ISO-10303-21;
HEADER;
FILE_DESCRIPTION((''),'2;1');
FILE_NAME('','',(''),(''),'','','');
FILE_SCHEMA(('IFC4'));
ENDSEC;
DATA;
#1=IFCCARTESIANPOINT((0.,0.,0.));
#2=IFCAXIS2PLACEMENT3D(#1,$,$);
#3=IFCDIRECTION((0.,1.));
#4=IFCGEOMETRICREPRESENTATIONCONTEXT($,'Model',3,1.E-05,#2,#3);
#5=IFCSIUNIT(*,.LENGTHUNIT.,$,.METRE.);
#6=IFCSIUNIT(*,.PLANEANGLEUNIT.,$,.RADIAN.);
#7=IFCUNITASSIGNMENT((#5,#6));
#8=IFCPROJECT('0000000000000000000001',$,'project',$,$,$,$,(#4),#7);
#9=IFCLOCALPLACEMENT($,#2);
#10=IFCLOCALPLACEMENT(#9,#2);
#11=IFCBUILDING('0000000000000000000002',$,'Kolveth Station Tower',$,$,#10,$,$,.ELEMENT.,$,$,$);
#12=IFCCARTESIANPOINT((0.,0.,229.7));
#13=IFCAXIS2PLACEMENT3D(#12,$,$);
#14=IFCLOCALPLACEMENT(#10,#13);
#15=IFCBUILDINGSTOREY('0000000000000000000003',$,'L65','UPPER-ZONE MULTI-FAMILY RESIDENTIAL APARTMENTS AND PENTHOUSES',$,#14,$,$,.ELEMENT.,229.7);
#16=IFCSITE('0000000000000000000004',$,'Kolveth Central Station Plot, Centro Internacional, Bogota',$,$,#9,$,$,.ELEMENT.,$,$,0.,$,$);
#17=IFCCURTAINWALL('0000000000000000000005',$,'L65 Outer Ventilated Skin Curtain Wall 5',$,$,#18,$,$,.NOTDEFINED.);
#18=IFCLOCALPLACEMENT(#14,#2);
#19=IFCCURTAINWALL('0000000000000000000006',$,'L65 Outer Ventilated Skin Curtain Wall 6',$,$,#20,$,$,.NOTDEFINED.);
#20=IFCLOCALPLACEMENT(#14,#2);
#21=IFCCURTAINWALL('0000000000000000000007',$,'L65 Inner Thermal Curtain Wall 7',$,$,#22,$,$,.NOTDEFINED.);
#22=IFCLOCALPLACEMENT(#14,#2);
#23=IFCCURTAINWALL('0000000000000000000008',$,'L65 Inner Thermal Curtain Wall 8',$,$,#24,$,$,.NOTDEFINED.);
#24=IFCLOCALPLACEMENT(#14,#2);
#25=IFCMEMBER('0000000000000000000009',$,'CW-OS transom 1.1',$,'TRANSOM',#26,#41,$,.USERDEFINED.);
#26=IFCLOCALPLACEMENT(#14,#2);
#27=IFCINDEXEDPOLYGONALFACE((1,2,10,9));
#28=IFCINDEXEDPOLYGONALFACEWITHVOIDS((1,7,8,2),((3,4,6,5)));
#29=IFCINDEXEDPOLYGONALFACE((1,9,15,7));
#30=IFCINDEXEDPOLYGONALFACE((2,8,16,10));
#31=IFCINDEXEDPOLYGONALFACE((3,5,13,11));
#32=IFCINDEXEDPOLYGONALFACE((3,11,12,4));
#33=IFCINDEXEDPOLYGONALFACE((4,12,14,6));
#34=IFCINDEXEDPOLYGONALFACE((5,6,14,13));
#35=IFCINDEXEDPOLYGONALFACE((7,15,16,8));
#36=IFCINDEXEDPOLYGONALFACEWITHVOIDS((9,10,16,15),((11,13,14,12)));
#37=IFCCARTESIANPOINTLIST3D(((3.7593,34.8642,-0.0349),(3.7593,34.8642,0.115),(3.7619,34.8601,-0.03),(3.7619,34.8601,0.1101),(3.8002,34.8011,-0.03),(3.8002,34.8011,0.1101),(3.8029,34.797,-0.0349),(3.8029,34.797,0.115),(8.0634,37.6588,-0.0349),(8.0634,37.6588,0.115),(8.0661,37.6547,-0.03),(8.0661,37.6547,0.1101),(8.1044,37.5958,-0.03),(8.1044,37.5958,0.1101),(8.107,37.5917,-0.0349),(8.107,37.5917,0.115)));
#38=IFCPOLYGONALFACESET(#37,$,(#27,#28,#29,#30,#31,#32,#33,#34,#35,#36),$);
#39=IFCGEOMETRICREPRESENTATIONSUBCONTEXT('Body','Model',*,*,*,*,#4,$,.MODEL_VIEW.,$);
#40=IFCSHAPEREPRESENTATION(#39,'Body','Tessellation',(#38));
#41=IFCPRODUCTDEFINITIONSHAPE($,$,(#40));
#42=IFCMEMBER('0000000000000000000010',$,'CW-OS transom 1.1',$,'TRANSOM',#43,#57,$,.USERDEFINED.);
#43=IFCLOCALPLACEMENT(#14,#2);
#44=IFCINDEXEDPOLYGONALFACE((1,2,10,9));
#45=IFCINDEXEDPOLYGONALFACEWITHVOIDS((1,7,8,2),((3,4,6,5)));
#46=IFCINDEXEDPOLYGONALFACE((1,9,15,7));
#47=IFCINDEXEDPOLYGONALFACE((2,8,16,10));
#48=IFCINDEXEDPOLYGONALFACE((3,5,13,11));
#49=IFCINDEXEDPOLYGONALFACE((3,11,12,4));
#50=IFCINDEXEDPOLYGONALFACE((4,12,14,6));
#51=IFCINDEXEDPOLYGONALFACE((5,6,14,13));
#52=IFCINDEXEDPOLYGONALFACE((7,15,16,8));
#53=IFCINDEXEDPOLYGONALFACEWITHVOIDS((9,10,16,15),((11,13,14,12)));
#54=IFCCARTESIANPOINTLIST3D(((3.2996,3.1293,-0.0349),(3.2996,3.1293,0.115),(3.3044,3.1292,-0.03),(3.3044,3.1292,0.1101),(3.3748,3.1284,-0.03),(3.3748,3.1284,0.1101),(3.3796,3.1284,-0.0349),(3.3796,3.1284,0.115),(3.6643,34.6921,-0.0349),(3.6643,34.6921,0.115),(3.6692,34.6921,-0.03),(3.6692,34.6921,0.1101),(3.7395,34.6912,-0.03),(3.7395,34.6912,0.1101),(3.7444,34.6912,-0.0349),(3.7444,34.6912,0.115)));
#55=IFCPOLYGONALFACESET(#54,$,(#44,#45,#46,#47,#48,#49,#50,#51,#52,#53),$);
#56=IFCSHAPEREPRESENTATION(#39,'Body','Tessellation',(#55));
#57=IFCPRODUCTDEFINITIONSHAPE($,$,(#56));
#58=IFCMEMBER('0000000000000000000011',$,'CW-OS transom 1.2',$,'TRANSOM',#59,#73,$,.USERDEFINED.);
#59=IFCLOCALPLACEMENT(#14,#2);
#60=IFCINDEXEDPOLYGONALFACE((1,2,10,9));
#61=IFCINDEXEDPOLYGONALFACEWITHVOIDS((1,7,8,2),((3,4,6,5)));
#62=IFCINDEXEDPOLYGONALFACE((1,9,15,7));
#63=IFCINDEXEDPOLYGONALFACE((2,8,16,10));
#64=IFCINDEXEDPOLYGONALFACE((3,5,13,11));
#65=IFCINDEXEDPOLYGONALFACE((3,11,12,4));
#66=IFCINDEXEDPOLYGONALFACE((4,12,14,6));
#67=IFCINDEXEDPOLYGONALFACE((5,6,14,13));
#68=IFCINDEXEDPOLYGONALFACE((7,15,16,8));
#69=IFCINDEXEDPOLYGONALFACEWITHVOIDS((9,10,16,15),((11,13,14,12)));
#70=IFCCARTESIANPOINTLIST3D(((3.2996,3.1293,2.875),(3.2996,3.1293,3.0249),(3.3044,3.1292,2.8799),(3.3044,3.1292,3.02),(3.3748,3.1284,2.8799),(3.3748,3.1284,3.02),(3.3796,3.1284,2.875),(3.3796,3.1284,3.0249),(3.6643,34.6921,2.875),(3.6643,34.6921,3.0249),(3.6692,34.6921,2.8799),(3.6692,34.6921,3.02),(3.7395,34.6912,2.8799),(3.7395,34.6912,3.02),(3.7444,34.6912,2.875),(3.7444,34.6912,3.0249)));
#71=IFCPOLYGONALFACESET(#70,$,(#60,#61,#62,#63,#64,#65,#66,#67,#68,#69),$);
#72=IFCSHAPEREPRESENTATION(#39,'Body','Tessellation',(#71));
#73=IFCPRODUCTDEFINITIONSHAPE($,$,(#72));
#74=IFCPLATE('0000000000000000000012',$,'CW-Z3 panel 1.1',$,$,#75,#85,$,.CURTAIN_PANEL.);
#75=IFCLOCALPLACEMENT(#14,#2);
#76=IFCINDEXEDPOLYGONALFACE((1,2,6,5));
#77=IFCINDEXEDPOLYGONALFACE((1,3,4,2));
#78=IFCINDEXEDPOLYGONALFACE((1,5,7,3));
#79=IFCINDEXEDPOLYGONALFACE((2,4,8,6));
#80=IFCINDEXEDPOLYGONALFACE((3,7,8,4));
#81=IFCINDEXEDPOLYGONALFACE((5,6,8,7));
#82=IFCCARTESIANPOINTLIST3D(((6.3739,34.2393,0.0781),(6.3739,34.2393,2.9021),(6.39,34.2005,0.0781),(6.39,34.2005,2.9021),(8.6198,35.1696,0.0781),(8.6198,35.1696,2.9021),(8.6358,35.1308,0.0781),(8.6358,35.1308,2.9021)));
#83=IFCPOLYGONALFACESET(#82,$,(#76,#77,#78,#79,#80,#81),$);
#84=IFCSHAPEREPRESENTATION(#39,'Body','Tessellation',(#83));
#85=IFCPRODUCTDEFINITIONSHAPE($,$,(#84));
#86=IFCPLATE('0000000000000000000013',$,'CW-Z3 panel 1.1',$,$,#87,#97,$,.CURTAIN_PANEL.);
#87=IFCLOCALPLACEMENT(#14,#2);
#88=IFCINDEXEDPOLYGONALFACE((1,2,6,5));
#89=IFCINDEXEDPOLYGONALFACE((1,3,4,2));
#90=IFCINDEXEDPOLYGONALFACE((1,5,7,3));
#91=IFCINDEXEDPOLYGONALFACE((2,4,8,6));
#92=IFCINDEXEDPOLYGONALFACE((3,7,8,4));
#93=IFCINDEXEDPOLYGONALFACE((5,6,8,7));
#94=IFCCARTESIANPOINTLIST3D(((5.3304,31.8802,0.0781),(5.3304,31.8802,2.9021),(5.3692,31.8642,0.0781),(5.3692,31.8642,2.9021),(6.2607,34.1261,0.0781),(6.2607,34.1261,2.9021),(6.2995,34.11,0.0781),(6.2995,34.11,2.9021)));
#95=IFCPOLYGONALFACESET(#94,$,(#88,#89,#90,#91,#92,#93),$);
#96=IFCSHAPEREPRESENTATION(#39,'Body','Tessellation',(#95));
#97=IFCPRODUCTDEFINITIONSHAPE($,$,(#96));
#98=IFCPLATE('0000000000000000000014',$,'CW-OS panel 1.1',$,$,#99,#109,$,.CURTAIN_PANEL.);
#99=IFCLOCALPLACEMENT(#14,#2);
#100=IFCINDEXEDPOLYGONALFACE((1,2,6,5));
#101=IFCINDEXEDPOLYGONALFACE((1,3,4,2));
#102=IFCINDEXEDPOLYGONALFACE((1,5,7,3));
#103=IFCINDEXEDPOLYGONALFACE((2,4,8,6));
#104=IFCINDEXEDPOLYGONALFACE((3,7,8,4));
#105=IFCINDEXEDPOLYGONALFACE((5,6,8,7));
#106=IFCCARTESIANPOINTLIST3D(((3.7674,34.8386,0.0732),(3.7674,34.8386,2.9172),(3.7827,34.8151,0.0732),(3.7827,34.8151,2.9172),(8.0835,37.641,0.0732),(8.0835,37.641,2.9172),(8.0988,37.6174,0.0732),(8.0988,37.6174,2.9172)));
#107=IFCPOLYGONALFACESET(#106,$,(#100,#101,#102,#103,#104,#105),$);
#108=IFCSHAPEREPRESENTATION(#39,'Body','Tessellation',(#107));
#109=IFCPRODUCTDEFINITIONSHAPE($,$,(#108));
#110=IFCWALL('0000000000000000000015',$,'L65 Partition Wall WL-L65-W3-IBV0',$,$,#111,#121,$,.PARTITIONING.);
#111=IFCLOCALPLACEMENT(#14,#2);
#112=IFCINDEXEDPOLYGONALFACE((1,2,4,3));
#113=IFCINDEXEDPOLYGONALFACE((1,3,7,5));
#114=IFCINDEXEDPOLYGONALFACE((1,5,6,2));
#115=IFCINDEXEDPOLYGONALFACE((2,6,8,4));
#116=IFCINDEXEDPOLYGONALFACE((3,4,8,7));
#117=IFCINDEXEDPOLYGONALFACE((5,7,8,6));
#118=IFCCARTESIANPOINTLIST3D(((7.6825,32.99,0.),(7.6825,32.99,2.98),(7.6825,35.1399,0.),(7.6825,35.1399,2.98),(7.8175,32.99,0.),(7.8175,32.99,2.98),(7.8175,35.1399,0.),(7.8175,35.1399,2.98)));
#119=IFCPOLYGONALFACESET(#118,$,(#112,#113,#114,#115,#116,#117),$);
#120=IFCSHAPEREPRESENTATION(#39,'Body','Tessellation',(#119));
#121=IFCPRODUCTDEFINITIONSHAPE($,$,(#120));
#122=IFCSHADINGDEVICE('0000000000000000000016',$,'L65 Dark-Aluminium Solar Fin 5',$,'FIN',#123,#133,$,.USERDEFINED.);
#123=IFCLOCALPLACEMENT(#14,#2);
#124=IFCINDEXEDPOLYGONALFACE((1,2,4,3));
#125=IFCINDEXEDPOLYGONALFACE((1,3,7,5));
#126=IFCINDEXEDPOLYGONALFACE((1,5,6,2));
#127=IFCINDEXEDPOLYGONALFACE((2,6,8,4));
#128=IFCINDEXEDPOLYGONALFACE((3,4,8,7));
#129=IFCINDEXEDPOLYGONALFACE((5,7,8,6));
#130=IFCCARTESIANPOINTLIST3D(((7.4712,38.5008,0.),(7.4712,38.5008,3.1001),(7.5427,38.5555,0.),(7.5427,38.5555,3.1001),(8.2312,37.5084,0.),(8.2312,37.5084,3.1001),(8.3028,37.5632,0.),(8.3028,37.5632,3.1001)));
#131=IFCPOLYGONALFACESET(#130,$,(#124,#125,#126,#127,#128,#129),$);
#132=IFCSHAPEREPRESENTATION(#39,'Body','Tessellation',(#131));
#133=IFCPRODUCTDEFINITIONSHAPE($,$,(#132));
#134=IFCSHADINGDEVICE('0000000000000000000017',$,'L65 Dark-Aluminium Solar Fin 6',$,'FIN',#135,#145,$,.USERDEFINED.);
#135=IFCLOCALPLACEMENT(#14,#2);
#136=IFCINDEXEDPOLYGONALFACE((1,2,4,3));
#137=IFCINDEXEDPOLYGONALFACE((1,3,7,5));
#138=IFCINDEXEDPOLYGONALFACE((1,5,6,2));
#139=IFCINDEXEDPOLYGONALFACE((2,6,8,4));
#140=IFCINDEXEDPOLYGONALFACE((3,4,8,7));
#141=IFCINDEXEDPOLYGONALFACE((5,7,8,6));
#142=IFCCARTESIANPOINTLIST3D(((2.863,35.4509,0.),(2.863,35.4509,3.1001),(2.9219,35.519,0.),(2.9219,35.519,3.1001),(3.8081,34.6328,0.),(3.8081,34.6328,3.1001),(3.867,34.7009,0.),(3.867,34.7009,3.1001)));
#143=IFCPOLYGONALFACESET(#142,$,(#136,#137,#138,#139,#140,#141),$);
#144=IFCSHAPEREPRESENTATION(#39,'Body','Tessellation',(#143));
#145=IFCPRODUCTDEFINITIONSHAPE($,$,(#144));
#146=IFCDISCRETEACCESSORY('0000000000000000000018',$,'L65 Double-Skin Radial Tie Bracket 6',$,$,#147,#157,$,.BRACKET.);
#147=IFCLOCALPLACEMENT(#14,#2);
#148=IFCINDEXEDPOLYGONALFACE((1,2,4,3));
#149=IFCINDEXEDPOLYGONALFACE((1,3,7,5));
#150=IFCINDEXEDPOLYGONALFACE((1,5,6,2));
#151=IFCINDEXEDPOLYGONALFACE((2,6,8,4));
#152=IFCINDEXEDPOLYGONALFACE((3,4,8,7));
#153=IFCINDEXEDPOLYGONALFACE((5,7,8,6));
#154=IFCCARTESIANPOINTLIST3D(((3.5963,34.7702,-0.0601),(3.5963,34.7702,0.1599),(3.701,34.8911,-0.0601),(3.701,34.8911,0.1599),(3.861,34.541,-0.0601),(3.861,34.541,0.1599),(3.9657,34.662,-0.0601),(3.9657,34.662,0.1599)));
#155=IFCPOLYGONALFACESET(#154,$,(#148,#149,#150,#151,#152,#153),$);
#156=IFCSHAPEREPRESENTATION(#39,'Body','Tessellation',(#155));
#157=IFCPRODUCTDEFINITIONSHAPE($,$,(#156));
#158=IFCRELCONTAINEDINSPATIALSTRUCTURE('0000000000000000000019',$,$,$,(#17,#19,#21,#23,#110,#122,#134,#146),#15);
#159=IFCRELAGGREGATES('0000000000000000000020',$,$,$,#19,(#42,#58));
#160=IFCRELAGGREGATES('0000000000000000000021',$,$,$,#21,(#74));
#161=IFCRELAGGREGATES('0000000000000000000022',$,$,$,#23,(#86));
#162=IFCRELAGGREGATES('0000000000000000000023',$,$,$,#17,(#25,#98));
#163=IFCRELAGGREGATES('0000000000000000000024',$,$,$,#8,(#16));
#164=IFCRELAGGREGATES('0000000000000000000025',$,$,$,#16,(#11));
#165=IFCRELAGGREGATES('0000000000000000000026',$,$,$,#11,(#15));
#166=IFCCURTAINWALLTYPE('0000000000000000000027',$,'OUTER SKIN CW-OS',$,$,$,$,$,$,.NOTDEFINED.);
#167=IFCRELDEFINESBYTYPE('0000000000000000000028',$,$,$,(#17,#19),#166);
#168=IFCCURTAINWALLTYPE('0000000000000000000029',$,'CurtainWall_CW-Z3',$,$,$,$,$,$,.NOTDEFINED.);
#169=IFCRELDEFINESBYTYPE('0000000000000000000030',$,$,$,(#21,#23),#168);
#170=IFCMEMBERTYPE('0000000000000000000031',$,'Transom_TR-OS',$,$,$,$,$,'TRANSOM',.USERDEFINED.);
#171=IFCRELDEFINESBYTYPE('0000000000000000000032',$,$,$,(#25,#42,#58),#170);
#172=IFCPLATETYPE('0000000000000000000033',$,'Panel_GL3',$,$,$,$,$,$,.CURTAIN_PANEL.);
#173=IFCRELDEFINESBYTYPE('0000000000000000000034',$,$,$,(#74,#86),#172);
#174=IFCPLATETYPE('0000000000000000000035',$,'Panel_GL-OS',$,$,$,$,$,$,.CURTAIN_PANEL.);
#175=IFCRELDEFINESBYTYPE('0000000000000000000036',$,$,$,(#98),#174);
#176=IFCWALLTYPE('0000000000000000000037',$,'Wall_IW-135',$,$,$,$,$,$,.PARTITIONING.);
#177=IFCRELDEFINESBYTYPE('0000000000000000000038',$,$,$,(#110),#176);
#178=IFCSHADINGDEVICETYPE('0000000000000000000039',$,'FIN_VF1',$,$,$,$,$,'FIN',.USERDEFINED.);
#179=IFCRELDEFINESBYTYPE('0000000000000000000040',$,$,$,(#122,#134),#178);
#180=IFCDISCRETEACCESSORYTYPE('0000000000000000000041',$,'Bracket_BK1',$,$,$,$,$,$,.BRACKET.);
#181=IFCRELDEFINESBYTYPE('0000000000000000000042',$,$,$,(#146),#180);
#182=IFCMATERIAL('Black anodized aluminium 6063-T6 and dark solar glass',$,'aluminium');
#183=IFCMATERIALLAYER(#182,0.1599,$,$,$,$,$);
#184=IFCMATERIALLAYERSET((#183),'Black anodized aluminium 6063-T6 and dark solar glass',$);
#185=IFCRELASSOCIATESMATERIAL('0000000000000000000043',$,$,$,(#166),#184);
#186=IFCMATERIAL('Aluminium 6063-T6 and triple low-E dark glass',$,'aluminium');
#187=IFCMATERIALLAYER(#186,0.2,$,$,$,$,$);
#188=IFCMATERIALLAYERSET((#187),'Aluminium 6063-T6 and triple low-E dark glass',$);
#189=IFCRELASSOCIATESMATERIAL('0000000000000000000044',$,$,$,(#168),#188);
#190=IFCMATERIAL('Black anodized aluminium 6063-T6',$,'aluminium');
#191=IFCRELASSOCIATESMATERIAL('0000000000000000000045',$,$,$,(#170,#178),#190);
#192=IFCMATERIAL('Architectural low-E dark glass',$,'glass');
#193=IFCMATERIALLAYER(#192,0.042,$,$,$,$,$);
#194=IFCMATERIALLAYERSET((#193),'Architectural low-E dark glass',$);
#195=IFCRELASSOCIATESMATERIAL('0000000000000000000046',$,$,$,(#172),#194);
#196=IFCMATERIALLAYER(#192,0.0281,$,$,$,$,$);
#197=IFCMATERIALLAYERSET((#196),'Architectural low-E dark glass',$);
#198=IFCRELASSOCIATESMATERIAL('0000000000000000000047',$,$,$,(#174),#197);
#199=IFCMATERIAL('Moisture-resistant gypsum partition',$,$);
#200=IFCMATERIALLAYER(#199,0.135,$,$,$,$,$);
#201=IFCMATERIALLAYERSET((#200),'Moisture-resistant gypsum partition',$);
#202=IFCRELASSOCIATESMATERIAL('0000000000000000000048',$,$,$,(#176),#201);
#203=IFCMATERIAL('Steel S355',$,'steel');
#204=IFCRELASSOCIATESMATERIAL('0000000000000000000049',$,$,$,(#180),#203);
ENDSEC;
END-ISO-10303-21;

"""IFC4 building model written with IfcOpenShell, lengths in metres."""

from ifc_helpers import new_model, si_unit, direction, frame, frame_2d, origin, origin_2d, place, context, subcontext, project, spatial, rectangle, hollow_rectangle, extrude, source, transform, mapped, material, layer, layer_set, material_profile, profile_set, type_object, element, aggregate, save


model = new_model("IFC4")

# Units and contexts
model_context = context("Model", 3, precision=1e-05, world=origin(), true_north=direction((0.0, 1.0)))
body_context = subcontext(model_context, "Body", "Model", "MODEL_VIEW")
ifc_project = project(units=[si_unit("LENGTHUNIT", "METRE"), si_unit("PLANEANGLEUNIT", "RADIAN")], contexts=[model_context])

# Site, building, storey
site_placement = place(None, origin())
site = spatial("IfcSite", under=ifc_project, at=site_placement, Name="Kolveth Central Station Plot, Centro Internacional, Bogota", CompositionType="ELEMENT", RefElevation=0.0)
building_placement = place(site_placement, origin())
building = spatial("IfcBuilding", under=site, at=building_placement, Name="Kolveth Station Tower", CompositionType="ELEMENT")
storey_placement = place(building_placement, frame((0.0, 0.0, 229.7)))
storey = spatial("IfcBuildingStorey", under=building, at=storey_placement, Name="L65", Description="UPPER-ZONE MULTI-FAMILY RESIDENTIAL APARTMENTS AND PENTHOUSES", CompositionType="ELEMENT", Elevation=229.7)

# Curtain walls
ifc_material_1 = material(Name="Black anodized aluminium 6063-T6 and dark solar glass", Category="aluminium")
ifc_layer_1 = layer(ifc_material_1, 0.1599)
ifc_layer_set_1 = layer_set([ifc_layer_1], Name="Black anodized aluminium 6063-T6 and dark solar glass")
curtain_wall_type_1 = type_object("IfcCurtainWallType", Name="OUTER SKIN CW-OS", PredefinedType="NOTDEFINED", material=ifc_layer_set_1)
curtain_wall_1_placement = place(storey_placement, origin())
curtain_wall_1 = element("IfcCurtainWall", 1, at=curtain_wall_1_placement, inside=storey, type_object=curtain_wall_type_1, Name="L65 Outer Ventilated Skin Curtain Wall 5", PredefinedType="NOTDEFINED")
ifc_material_2 = material(Name="Black anodized aluminium 6063-T6", Category="aluminium")
curtain_wall_2_placement = place(storey_placement, origin())
curtain_wall_2 = element("IfcCurtainWall", 2, at=curtain_wall_2_placement, inside=storey, type_object=curtain_wall_type_1, Name="L65 Outer Ventilated Skin Curtain Wall 6", PredefinedType="NOTDEFINED")
ifc_material_3 = material(Name="Aluminium 6063-T6 and triple low-E dark glass", Category="aluminium")
ifc_layer_2 = layer(ifc_material_3, 0.2)
ifc_layer_set_2 = layer_set([ifc_layer_2], Name="Aluminium 6063-T6 and triple low-E dark glass")
curtain_wall_type_2 = type_object("IfcCurtainWallType", Name="CurtainWall_CW-Z3", PredefinedType="NOTDEFINED", material=ifc_layer_set_2)
curtain_wall_3_placement = place(storey_placement, origin())
curtain_wall_3 = element("IfcCurtainWall", 3, at=curtain_wall_3_placement, inside=storey, type_object=curtain_wall_type_2, Name="L65 Inner Thermal Curtain Wall 7", PredefinedType="NOTDEFINED")

# Curtain wall
curtain_wall_4_placement = place(storey_placement, origin())
curtain_wall_4 = element("IfcCurtainWall", 4, at=curtain_wall_4_placement, inside=storey, type_object=curtain_wall_type_2, Name="L65 Inner Thermal Curtain Wall 8", PredefinedType="NOTDEFINED")

# Members
ifc_material_profile_1 = material_profile(ifc_material_2, hollow_rectangle(XDim=0.0801, YDim=0.1499, WallThickness=0.0049, at=origin_2d()), Name="ALU-80x150x5")
ifc_profile_set_1 = profile_set([ifc_material_profile_1], Name="Black anodized aluminium 6063-T6")
member_type_1 = type_object("IfcMemberType", Name="Transom_TR-OS", ElementType="TRANSOM", PredefinedType="USERDEFINED", material=ifc_profile_set_1)
shared_shape_1 = source(origin(), body_context, "Body", "SweptSolid", [
    extrude(hollow_rectangle(XDim=0.0801, YDim=0.1499, WallThickness=0.0049, at=origin_2d()), origin(), (0.0, 0.0, 1.0), 5.1318),
])
member_1_placement = place(storey_placement, frame((8.0852, 37.6252, 0.04), z_axis=(-0.838715, -0.54457, 0.0), x_axis=(0.54457, -0.838715, 0.0)))
member_1 = element("IfcMember", 5, at=member_1_placement, type_object=member_type_1, Name="CW-OS transom 1.1", ObjectType="TRANSOM", PredefinedType="USERDEFINED", context=body_context, shape_type="MappedRepresentation", body=[
    mapped(shared_shape_1, transform((0.0, 0.0, 0.0), x_axis=(1.0, 0.0, 0.0), y_axis=(0.0, 1.0, 0.0), z_axis=(0.0, 0.0, 1.0), scale=1.0)),
])
shared_shape_2 = source(origin(), body_context, "Body", "SweptSolid", [
    extrude(hollow_rectangle(XDim=0.0801, YDim=0.1499, WallThickness=0.0049, at=origin_2d()), origin(), (0.0, 0.0, 1.0), 31.5649),
])
member_2_placement = place(storey_placement, frame((3.7043, 34.6917, 0.04), z_axis=(-0.011555, -0.999933, 0.0), x_axis=(0.999933, -0.011555, 0.0)))
member_2 = element("IfcMember", 6, at=member_2_placement, type_object=member_type_1, Name="CW-OS transom 1.1", ObjectType="TRANSOM", PredefinedType="USERDEFINED", context=body_context, shape_type="MappedRepresentation", body=[
    mapped(shared_shape_2, transform((0.0, 0.0, 0.0), x_axis=(1.0, 0.0, 0.0), y_axis=(0.0, 1.0, 0.0), z_axis=(0.0, 0.0, 1.0), scale=1.0)),
])
member_3_placement = place(storey_placement, frame((3.7043, 34.6917, 2.95), z_axis=(-0.011555, -0.999933, 0.0), x_axis=(0.999933, -0.011555, 0.0)))
member_3 = element("IfcMember", 7, at=member_3_placement, type_object=member_type_1, Name="CW-OS transom 1.2", ObjectType="TRANSOM", PredefinedType="USERDEFINED", context=body_context, shape_type="MappedRepresentation", body=[
    mapped(shared_shape_2, transform((0.0, 0.0, 0.0), x_axis=(1.0, 0.0, 0.0), y_axis=(0.0, 1.0, 0.0), z_axis=(0.0, 0.0, 1.0), scale=1.0)),
])
aggregate(curtain_wall_2, [member_2, member_3])

# Plates
ifc_material_4 = material(Name="Architectural low-E dark glass", Category="glass")
ifc_layer_3 = layer(ifc_material_4, 0.042)
ifc_layer_set_3 = layer_set([ifc_layer_3], Name="Architectural low-E dark glass")
plate_type_1 = type_object("IfcPlateType", Name="Panel_GL3", PredefinedType="CURTAIN_PANEL", material=ifc_layer_set_3)
shared_shape_3 = source(origin(), body_context, "Body", "SweptSolid", [
    extrude(rectangle(XDim=2.4309, YDim=0.042, at=origin_2d()), origin(), (0.0, 0.0, 1.0), 2.824),
])
plate_1_placement = place(storey_placement, frame((7.5049, 34.6851, 0.0781), z_axis=(0.0, 0.0, 1.0), x_axis=(-0.923875, -0.382693, 0.0)))
plate_1 = element("IfcPlate", 8, at=plate_1_placement, type_object=plate_type_1, Name="CW-Z3 panel 1.1", PredefinedType="CURTAIN_PANEL", context=body_context, shape_type="MappedRepresentation", body=[
    mapped(shared_shape_3, transform((0.0, 0.0, 0.0), x_axis=(1.0, 0.0, 0.0), y_axis=(0.0, 1.0, 0.0), z_axis=(0.0, 0.0, 1.0), scale=1.0)),
])
aggregate(curtain_wall_3, [plate_1])
plate_2_placement = place(storey_placement, frame((5.8149, 32.9951, 0.0781), z_axis=(0.0, 0.0, 1.0), x_axis=(-0.382693, -0.923875, 0.0)))
plate_2 = element("IfcPlate", 9, at=plate_2_placement, type_object=plate_type_1, Name="CW-Z3 panel 1.1", PredefinedType="CURTAIN_PANEL", context=body_context, shape_type="MappedRepresentation", body=[
    mapped(shared_shape_3, transform((0.0, 0.0, 0.0), x_axis=(1.0, 0.0, 0.0), y_axis=(0.0, 1.0, 0.0), z_axis=(0.0, 0.0, 1.0), scale=1.0)),
])
aggregate(curtain_wall_4, [plate_2])
ifc_layer_4 = layer(ifc_material_4, 0.0281)
ifc_layer_set_4 = layer_set([ifc_layer_4], Name="Architectural low-E dark glass")
plate_type_2 = type_object("IfcPlateType", Name="Panel_GL-OS", PredefinedType="CURTAIN_PANEL", material=ifc_layer_set_4)
shared_shape_4 = source(origin(), body_context, "Body", "SweptSolid", [
    extrude(rectangle(XDim=5.146, YDim=0.0281, at=origin_2d()), origin(), (0.0, 0.0, 1.0), 2.844),
])
plate_3_placement = place(storey_placement, frame((5.9331, 36.228, 0.0732), z_axis=(0.0, 0.0, 1.0), x_axis=(-0.838717, -0.544567, 0.0)))
plate_3 = element("IfcPlate", 10, at=plate_3_placement, type_object=plate_type_2, Name="CW-OS panel 1.1", PredefinedType="CURTAIN_PANEL", context=body_context, shape_type="MappedRepresentation", body=[
    mapped(shared_shape_4, transform((0.0, 0.0, 0.0), x_axis=(1.0, 0.0, 0.0), y_axis=(0.0, 1.0, 0.0), z_axis=(0.0, 0.0, 1.0), scale=1.0)),
])
aggregate(curtain_wall_1, [member_1, plate_3])

# Shared definitions
ifc_material_5 = material(Name="Moisture-resistant gypsum partition")
ifc_layer_5 = layer(ifc_material_5, 0.135)
ifc_layer_set_5 = layer_set([ifc_layer_5], Name="Moisture-resistant gypsum partition")
wall_type = type_object("IfcWallType", Name="Wall_IW-135", PredefinedType="PARTITIONING", material=ifc_layer_set_5)

# Wall
wall_1_placement = place(storey_placement, frame((7.75, 32.99, 0.0), z_axis=(0.0, 0.0, 1.0), x_axis=(0.0, 1.0, 0.0)))
element("IfcWall", 11, at=wall_1_placement, inside=storey, type_object=wall_type, Name="L65 Partition Wall WL-L65-W3-IBV0", PredefinedType="PARTITIONING", context=body_context, shape_type="SweptSolid", body=[
    extrude(rectangle(XDim=2.1499, YDim=0.135, at=frame_2d((1.075, 0.0))), origin(), (0.0, 0.0, 1.0), 2.98),
])

# Shading devices
shading_device_type = type_object("IfcShadingDeviceType", Name="FIN_VF1", ElementType="FIN", PredefinedType="USERDEFINED", material=ifc_material_2)
shared_shape_5 = source(origin(), body_context, "Body", "SweptSolid", [
    extrude(rectangle(XDim=1.25, YDim=0.0901, at=origin_2d()), origin(), (0.0, 0.0, 1.0), 3.1001),
])
for number, where, z_axis, x_axis, name in (
    (12, (7.887, 38.032, 0.0), (0.0, 0.0, 1.0), (-0.608069, 0.793884, 0.0), "L65 Dark-Aluminium Solar Fin 5"),
    (13, (3.365, 35.0759, 0.0), (0.0, 0.0, 1.0), (-0.756082, 0.654477, 0.0), "L65 Dark-Aluminium Solar Fin 6"),
):
    element("IfcShadingDevice", number, at=place(storey_placement, frame(where, z_axis=z_axis, x_axis=x_axis)), inside=storey, type_object=shading_device_type, Name=name, ObjectType="FIN", PredefinedType="USERDEFINED", context=body_context, shape_type="MappedRepresentation", body=[
        mapped(shared_shape_5, transform((0.0, 0.0, 0.0), x_axis=(1.0, 0.0, 0.0), y_axis=(0.0, 1.0, 0.0), z_axis=(0.0, 0.0, 1.0), scale=1.0)),
    ])

# Discrete accessory
ifc_material_6 = material(Name="Steel S355", Category="steel")
discrete_accessory_type = type_object("IfcDiscreteAccessoryType", Name="Bracket_BK1", PredefinedType="BRACKET", material=ifc_material_6)
shared_shape_6 = source(origin(), body_context, "Body", "SweptSolid", [
    extrude(rectangle(XDim=0.3501, YDim=0.1599, at=origin_2d()), origin(), (0.0, 0.0, 1.0), 0.22),
])
discrete_accessory_placement = place(storey_placement, frame((3.781, 34.7161, -0.0601), z_axis=(0.0, 0.0, 1.0), x_axis=(-0.756082, 0.654477, 0.0)))
element("IfcDiscreteAccessory", 14, at=discrete_accessory_placement, inside=storey, type_object=discrete_accessory_type, Name="L65 Double-Skin Radial Tie Bracket 6", PredefinedType="BRACKET", context=body_context, shape_type="MappedRepresentation", body=[
    mapped(shared_shape_6, transform((0.0, 0.0, 0.0), x_axis=(1.0, 0.0, 0.0), y_axis=(0.0, 1.0, 0.0), z_axis=(0.0, 0.0, 1.0), scale=1.0)),
])

save(model, "model.ifc")
